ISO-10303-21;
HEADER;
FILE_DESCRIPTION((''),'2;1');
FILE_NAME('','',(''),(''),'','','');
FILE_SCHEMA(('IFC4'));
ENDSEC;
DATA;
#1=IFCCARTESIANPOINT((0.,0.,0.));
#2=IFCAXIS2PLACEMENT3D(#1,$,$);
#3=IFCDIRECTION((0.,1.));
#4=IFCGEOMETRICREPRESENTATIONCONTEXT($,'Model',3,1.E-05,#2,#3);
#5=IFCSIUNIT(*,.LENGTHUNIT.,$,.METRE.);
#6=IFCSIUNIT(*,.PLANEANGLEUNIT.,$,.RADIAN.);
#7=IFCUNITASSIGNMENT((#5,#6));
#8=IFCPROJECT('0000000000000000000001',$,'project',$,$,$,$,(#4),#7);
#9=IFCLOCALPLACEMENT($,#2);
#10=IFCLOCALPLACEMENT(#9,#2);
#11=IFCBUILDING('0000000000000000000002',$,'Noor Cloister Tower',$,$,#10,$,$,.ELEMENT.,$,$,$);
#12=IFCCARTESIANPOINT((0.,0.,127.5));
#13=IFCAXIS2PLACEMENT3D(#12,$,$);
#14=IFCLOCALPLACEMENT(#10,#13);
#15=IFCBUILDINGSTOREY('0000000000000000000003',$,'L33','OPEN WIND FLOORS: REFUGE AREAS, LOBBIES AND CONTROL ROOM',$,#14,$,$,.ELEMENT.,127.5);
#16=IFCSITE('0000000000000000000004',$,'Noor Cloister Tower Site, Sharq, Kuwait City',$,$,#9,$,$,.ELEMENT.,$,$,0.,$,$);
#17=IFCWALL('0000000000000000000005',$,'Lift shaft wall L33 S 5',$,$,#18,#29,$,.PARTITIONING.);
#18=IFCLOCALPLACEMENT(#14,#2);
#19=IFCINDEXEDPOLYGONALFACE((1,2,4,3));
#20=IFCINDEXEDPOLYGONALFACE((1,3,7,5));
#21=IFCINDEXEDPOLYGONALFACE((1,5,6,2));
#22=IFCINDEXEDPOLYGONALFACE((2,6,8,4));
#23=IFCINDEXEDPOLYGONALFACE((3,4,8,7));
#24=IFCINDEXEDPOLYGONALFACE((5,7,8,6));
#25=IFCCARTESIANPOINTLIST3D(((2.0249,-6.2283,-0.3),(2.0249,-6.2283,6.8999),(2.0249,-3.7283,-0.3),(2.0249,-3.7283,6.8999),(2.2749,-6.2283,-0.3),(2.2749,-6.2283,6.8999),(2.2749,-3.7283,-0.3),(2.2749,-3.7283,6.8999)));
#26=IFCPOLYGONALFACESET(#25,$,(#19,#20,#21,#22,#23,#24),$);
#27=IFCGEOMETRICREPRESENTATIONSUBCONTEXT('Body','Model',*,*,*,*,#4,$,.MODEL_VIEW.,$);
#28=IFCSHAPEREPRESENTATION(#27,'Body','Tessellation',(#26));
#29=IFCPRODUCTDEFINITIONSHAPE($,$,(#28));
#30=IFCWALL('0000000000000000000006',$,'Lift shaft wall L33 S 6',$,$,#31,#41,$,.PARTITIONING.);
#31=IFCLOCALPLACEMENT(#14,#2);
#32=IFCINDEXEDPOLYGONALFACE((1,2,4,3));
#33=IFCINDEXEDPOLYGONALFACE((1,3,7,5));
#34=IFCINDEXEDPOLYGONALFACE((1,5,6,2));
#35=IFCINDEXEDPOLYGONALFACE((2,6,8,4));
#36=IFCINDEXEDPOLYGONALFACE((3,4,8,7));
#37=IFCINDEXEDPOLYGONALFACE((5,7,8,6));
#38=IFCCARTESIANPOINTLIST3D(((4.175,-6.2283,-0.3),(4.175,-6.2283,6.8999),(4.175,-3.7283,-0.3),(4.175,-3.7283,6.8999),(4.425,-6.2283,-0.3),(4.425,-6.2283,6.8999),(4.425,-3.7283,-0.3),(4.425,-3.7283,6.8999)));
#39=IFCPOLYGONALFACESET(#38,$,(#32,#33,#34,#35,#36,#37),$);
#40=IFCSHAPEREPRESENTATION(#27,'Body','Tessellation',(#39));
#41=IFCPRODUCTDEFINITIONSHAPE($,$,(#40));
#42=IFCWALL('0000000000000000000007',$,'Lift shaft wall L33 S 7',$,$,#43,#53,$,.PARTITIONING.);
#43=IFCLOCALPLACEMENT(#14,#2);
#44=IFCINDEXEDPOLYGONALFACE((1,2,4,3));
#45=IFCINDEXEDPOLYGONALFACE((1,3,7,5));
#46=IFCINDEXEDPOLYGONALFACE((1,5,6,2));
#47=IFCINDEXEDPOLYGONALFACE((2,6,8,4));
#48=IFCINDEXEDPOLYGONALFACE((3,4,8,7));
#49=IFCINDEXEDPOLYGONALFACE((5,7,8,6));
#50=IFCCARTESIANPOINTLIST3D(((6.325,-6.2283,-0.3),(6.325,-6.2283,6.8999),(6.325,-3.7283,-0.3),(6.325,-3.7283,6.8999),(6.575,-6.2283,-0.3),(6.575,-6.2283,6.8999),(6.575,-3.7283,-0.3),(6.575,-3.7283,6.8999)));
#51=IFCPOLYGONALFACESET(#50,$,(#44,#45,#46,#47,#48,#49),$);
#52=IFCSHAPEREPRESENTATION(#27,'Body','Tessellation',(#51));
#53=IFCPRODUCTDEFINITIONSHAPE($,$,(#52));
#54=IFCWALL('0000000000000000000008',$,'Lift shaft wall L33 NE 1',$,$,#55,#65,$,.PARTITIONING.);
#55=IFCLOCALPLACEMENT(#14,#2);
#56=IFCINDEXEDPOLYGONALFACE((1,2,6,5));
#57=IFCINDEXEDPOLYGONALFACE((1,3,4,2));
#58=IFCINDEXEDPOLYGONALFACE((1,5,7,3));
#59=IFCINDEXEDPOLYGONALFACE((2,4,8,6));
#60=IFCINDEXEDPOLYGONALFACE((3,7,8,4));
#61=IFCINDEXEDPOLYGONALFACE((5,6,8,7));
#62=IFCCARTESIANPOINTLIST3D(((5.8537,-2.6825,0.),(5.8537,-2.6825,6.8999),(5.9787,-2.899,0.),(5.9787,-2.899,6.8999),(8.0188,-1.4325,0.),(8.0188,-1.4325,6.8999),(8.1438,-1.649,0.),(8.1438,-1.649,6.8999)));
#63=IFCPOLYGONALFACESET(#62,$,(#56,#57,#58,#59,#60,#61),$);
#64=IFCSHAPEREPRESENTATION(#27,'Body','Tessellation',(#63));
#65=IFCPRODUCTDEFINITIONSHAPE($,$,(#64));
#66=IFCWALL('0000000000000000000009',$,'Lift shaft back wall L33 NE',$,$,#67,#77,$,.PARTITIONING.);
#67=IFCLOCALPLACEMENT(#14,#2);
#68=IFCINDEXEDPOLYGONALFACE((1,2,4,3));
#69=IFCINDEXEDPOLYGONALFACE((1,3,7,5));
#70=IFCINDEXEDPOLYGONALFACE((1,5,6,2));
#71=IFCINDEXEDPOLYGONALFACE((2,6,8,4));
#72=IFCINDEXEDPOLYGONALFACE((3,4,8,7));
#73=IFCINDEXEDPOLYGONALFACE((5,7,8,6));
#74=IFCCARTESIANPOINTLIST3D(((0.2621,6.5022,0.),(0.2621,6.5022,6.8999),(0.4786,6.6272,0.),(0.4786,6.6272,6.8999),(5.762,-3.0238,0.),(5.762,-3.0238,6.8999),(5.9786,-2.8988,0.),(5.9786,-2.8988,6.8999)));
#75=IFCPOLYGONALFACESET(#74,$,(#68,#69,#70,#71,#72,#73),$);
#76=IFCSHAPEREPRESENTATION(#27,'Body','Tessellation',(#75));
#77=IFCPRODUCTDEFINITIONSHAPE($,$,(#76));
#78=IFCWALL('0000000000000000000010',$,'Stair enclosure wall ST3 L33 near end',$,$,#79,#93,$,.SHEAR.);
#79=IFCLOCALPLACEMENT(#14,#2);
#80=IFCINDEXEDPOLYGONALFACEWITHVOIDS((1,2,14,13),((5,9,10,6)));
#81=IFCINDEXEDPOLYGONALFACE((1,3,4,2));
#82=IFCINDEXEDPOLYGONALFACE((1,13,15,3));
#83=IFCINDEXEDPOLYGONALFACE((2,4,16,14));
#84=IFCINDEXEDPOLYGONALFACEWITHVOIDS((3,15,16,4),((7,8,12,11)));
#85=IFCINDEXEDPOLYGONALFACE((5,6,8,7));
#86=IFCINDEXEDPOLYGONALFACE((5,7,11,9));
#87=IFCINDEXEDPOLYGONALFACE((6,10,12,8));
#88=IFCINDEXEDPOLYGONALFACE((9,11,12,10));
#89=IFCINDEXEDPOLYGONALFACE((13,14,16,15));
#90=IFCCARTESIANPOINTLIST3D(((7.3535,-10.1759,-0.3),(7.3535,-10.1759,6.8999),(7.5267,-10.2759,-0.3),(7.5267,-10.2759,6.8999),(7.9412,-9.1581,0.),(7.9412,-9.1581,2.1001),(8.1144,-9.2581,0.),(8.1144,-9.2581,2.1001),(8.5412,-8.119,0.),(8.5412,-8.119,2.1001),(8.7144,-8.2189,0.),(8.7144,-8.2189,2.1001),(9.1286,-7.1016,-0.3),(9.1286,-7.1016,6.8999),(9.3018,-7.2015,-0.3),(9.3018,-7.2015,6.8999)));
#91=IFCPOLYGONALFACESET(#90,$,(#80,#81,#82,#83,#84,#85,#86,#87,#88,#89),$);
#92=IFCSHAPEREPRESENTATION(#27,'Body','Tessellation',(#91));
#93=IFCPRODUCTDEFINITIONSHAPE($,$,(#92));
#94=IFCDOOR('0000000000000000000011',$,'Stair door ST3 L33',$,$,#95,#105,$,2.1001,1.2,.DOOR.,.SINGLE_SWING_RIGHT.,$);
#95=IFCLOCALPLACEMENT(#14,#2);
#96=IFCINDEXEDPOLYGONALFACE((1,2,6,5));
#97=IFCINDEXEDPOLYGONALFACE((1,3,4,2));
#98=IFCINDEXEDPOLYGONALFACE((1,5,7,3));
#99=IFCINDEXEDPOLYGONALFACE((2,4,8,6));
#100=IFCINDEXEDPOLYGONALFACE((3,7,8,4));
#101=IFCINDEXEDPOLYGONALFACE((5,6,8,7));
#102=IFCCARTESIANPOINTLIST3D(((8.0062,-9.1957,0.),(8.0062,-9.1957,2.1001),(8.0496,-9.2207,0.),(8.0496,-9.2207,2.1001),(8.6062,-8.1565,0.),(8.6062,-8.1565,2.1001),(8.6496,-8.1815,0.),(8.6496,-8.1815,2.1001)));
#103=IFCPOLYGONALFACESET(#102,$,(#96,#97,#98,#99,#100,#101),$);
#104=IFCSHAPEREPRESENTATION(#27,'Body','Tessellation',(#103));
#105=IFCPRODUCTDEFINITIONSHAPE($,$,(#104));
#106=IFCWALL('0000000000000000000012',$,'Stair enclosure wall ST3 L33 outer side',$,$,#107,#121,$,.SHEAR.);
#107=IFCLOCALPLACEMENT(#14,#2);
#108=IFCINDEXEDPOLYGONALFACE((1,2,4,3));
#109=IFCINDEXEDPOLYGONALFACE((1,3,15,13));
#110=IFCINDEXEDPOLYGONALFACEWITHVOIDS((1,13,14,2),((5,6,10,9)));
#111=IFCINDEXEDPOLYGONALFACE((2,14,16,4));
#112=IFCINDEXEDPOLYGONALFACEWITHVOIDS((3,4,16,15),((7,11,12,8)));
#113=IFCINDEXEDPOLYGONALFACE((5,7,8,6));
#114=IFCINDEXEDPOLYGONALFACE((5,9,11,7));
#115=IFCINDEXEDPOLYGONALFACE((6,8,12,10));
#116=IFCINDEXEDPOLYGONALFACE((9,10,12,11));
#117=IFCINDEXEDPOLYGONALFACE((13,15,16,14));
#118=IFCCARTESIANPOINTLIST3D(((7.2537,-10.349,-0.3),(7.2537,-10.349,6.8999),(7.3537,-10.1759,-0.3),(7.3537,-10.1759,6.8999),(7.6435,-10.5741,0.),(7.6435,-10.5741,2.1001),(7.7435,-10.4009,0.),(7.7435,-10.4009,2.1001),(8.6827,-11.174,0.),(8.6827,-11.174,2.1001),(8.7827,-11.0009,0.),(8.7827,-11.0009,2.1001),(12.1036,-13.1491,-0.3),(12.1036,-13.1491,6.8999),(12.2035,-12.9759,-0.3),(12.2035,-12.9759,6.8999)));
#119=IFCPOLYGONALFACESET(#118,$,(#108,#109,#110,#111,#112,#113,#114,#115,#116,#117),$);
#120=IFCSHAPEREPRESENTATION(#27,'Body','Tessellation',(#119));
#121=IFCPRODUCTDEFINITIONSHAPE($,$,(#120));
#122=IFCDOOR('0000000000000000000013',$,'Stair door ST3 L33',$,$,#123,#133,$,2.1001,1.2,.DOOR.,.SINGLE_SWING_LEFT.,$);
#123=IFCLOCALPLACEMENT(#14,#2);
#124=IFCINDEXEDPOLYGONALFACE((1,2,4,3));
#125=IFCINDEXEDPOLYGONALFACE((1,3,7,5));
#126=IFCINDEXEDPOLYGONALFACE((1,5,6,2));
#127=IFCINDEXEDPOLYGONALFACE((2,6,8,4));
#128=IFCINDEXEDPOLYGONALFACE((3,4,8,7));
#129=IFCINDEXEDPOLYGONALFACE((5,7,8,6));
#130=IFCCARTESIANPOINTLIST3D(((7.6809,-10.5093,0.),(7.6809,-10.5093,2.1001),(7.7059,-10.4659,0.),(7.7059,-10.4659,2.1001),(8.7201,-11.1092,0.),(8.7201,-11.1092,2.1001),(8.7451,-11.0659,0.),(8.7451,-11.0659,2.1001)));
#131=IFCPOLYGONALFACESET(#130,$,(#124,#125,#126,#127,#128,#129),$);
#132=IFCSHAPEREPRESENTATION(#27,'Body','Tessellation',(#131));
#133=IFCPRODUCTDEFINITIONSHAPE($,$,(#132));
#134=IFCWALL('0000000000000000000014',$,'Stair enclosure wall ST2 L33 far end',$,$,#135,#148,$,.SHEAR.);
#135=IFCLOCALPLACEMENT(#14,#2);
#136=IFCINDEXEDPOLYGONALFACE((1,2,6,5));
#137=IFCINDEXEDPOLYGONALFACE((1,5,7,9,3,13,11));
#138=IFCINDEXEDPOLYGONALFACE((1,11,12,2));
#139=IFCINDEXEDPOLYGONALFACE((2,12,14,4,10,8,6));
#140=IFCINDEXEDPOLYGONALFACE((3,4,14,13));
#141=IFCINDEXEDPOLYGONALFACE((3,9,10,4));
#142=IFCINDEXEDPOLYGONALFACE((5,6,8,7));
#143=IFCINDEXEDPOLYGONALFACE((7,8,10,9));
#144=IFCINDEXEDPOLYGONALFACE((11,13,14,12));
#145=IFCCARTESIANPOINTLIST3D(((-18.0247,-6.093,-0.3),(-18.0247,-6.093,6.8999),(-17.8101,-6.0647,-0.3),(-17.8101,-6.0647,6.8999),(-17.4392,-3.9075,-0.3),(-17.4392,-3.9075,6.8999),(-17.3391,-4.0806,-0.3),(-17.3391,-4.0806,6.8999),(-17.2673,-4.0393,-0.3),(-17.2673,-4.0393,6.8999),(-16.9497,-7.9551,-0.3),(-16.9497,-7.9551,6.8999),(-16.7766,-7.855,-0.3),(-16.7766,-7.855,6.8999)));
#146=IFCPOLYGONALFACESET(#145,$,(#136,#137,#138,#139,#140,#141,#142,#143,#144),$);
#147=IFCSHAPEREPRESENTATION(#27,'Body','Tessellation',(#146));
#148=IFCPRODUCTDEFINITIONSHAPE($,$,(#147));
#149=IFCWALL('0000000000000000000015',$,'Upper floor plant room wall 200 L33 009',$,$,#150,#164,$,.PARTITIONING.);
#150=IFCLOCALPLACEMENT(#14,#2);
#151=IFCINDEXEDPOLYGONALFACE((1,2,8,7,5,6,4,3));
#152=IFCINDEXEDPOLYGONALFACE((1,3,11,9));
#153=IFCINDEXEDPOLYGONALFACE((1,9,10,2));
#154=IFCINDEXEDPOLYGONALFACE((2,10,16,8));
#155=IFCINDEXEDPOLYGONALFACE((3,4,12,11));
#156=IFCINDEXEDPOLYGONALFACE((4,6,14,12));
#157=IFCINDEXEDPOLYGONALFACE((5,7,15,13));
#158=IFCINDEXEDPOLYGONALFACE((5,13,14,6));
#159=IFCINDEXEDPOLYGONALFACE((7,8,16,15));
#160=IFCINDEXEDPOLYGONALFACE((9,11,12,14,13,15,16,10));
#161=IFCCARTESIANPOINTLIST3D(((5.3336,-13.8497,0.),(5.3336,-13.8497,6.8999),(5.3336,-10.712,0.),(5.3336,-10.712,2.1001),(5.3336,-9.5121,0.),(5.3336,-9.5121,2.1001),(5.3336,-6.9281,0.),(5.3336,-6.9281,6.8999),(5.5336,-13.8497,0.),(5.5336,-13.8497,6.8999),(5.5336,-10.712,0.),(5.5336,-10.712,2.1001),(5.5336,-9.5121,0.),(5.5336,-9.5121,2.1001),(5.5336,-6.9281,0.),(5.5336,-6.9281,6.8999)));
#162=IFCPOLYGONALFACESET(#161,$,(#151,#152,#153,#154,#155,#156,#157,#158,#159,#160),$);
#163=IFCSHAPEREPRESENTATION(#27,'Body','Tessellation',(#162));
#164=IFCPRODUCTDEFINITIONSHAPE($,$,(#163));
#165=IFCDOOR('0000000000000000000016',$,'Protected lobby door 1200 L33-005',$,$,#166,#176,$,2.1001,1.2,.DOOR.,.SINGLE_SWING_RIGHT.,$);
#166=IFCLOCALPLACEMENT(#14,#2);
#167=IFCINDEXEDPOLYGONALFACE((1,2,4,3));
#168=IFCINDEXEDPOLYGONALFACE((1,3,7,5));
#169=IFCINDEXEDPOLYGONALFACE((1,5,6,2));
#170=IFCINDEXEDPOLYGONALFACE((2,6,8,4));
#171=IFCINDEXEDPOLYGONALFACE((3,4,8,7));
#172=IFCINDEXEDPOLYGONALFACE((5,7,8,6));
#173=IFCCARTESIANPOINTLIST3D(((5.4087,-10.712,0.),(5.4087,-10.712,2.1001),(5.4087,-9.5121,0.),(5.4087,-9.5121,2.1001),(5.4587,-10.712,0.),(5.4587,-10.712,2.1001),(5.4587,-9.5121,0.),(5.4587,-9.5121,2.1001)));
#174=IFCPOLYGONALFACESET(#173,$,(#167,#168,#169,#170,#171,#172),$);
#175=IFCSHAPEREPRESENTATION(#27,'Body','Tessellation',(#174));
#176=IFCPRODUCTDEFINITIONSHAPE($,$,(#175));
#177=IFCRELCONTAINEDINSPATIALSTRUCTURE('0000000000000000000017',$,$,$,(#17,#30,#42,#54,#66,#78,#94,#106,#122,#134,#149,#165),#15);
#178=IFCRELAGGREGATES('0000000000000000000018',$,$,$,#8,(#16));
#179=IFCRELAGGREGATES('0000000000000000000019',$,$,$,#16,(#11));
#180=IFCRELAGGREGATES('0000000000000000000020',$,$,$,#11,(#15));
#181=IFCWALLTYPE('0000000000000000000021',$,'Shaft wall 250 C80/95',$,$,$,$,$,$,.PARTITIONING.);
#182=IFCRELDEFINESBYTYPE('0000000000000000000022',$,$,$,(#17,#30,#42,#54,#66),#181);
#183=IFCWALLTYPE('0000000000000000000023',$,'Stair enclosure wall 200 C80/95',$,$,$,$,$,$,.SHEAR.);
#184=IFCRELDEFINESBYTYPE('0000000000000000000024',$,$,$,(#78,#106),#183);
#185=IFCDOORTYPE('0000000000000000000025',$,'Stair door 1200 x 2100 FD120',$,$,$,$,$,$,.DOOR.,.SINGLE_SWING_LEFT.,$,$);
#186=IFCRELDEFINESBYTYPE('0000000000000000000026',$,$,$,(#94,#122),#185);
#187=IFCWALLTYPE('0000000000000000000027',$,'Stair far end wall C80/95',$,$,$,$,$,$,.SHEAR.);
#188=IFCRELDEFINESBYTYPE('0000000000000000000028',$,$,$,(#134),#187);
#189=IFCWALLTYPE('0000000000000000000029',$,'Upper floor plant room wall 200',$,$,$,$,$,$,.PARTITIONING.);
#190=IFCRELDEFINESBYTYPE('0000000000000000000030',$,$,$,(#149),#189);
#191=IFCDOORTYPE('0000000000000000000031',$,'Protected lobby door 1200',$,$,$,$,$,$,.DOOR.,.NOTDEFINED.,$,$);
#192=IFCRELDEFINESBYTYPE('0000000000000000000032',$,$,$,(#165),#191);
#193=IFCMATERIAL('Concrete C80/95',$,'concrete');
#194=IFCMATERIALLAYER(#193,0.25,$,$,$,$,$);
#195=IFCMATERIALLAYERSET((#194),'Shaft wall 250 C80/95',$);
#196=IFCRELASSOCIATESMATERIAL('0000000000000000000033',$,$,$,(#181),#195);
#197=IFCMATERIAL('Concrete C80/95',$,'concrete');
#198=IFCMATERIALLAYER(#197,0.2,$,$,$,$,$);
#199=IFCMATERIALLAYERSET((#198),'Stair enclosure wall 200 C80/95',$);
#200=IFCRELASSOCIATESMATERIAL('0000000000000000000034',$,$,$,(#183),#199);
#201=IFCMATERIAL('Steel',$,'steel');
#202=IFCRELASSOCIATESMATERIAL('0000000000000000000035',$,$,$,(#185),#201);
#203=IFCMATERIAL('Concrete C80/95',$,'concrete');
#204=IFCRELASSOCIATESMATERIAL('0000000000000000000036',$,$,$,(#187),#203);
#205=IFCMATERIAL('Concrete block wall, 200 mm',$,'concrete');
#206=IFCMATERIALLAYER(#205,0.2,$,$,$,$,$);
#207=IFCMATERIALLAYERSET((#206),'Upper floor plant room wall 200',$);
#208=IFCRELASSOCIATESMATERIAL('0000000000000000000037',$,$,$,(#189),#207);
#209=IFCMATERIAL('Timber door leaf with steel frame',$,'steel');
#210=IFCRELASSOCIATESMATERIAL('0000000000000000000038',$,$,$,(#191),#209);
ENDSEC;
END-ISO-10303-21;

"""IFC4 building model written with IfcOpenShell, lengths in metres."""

from ifc_helpers import new_model, si_unit, direction, frame, frame_2d, origin, place, context, subcontext, project, spatial, polyline, rectangle, outline, extrude, material, layer, layer_set, type_object, element, fill, save


model = new_model("IFC4")

# Units and contexts
model_context = context("Model", 3, precision=1e-05, world=origin(), true_north=direction((0.0, 1.0)))
body_context = subcontext(model_context, "Body", "Model", "MODEL_VIEW")
ifc_project = project(units=[si_unit("LENGTHUNIT", "METRE"), si_unit("PLANEANGLEUNIT", "RADIAN")], contexts=[model_context])

# Site, building, storey
site_placement = place(None, origin())
site = spatial("IfcSite", under=ifc_project, at=site_placement, Name="Noor Cloister Tower Site, Sharq, Kuwait City", CompositionType="ELEMENT", RefElevation=0.0)
building_placement = place(site_placement, origin())
building = spatial("IfcBuilding", under=site, at=building_placement, Name="Noor Cloister Tower", CompositionType="ELEMENT")
storey_placement = place(building_placement, frame((0.0, 0.0, 127.5)))
storey = spatial("IfcBuildingStorey", under=building, at=storey_placement, Name="L33", Description="OPEN WIND FLOORS: REFUGE AREAS, LOBBIES AND CONTROL ROOM", CompositionType="ELEMENT", Elevation=127.5)

# Walls
ifc_material_1 = material(Name="Concrete C80/95", Category="concrete")
ifc_layer_1 = layer(ifc_material_1, 0.25)
ifc_layer_set_1 = layer_set([ifc_layer_1], Name="Shaft wall 250 C80/95")
wall_type_1 = type_object("IfcWallType", Name="Shaft wall 250 C80/95", PredefinedType="PARTITIONING", material=ifc_layer_set_1)
for number, where, z_axis, x_axis, name in (
    (1, (2.1499, -6.2283, -0.3), (0.0, 0.0, 1.0), (0.0, 1.0, 0.0), "Lift shaft wall L33 S 5"),
    (2, (4.3, -6.2283, -0.3), (0.0, 0.0, 1.0), (0.0, 1.0, 0.0), "Lift shaft wall L33 S 6"),
    (3, (6.45, -6.2283, -0.3), (0.0, 0.0, 1.0), (0.0, 1.0, 0.0), "Lift shaft wall L33 S 7"),
):
    element("IfcWall", number, at=place(storey_placement, frame(where, z_axis=z_axis, x_axis=x_axis)), inside=storey, type_object=wall_type_1, Name=name, PredefinedType="PARTITIONING", context=body_context, shape_type="SweptSolid", body=[
        extrude(rectangle(XDim=2.5, YDim=0.25, at=frame_2d((1.25, 0.0))), origin(), (0.0, 0.0, 1.0), 7.2),
    ])
wall_1_placement = place(storey_placement, frame((8.0813, -1.5408, 0.0), z_axis=(0.0, 0.0, 1.0), x_axis=(-0.866023, -0.500004, 0.0)))
element("IfcWall", 4, at=wall_1_placement, inside=storey, type_object=wall_type_1, Name="Lift shaft wall L33 NE 1", PredefinedType="PARTITIONING", context=body_context, shape_type="SweptSolid", body=[
    extrude(rectangle(XDim=2.5, YDim=0.25, at=frame_2d((1.25, 0.0))), origin(), (0.0, 0.0, 1.0), 6.8999),
])
wall_2_placement = place(storey_placement, frame((5.8704, -2.9614, 0.0), z_axis=(0.0, 0.0, 1.0), x_axis=(-0.500006, 0.866022, 0.0)))
element("IfcWall", 5, at=wall_2_placement, inside=storey, type_object=wall_type_1, Name="Lift shaft back wall L33 NE", PredefinedType="PARTITIONING", context=body_context, shape_type="SweptSolid", body=[
    extrude(rectangle(XDim=10.9998, YDim=0.25, at=frame_2d((5.5, 0.0))), origin(), (0.0, 0.0, 1.0), 6.8999),
])

# Walls, openings, doors
ifc_material_2 = material(Name="Concrete C80/95", Category="concrete")
ifc_layer_2 = layer(ifc_material_2, 0.2)
ifc_layer_set_2 = layer_set([ifc_layer_2], Name="Stair enclosure wall 200 C80/95")
wall_type_2 = type_object("IfcWallType", Name="Stair enclosure wall 200 C80/95", PredefinedType="SHEAR", material=ifc_layer_set_2)
wall_3_placement = place(storey_placement, frame((7.4402, -10.2258, -0.3), z_axis=(0.0, 0.0, 1.0), x_axis=(0.500022, 0.866013, 0.0)))
wall_3 = element("IfcWall", 6, at=wall_3_placement, inside=storey, type_object=wall_type_2, Name="Stair enclosure wall ST3 L33 near end", PredefinedType="SHEAR", context=body_context, shape_type="SweptSolid", body=[
    extrude(rectangle(XDim=3.55, YDim=0.2, at=frame_2d((1.7749, 0.0))), origin(), (0.0, 0.0, 1.0), 7.2),
])
opening_1_placement = place(wall_3_placement, frame((1.175, 0.0, 0.3)))
opening_1 = element("IfcOpeningElement", 7, at=opening_1_placement, cuts=wall_3, PredefinedType="OPENING", context=body_context, shape_type="SweptSolid", body=[
    extrude(rectangle(XDim=1.2, YDim=2.1001, at=frame_2d((0.6001, 1.05))), frame((0.0, 0.1099, 0.0), z_axis=(0.0, -1.0, 0.0), x_axis=(1.0, 0.0, 0.0)), (0.0, 0.0, 1.0), 0.22),
])
ifc_material_3 = material(Name="Steel", Category="steel")
door_type_1 = type_object("IfcDoorType", Name="Stair door 1200 x 2100 FD120", OperationType="SINGLE_SWING_LEFT", PredefinedType="DOOR", material=ifc_material_3)
door_1_placement = place(opening_1_placement, origin())
door_1 = element("IfcDoor", 8, at=door_1_placement, inside=storey, type_object=door_type_1, Name="Stair door ST3 L33", OperationType="SINGLE_SWING_RIGHT", OverallHeight=2.1001, OverallWidth=1.2, PredefinedType="DOOR", context=body_context, shape_type="SweptSolid", body=[
    extrude(rectangle(XDim=1.2, YDim=2.1001, at=frame_2d((0.6001, 1.05))), frame((0.0, 0.0249, 0.0), z_axis=(0.0, -1.0, 0.0), x_axis=(1.0, 0.0, 0.0)), (0.0, 0.0, 1.0), 0.05),
])
fill(opening_1, door_1)
wall_4_placement = place(storey_placement, frame((7.3037, -10.2625, -0.3), z_axis=(0.0, 0.0, 1.0), x_axis=(0.866027, -0.499998, 0.0)))
wall_4 = element("IfcWall", 9, at=wall_4_placement, inside=storey, type_object=wall_type_2, Name="Stair enclosure wall ST3 L33 outer side", PredefinedType="SHEAR", context=body_context, shape_type="SweptSolid", body=[
    extrude(rectangle(XDim=5.6001, YDim=0.2, at=frame_2d((2.8, 0.0))), origin(), (0.0, 0.0, 1.0), 7.2),
])
opening_2_placement = place(wall_4_placement, frame((0.45, 0.0, 0.3)))
opening_2 = element("IfcOpeningElement", 10, at=opening_2_placement, cuts=wall_4, PredefinedType="OPENING", context=body_context, shape_type="SweptSolid", body=[
    extrude(rectangle(XDim=1.2, YDim=2.1001, at=frame_2d((0.6001, 1.05))), frame((0.0, 0.1099, 0.0), z_axis=(0.0, -1.0, 0.0), x_axis=(1.0, 0.0, 0.0)), (0.0, 0.0, 1.0), 0.22),
])
door_2_placement = place(opening_2_placement, origin())
door_2 = element("IfcDoor", 11, at=door_2_placement, inside=storey, type_object=door_type_1, Name="Stair door ST3 L33", OperationType="SINGLE_SWING_LEFT", OverallHeight=2.1001, OverallWidth=1.2, PredefinedType="DOOR", context=body_context, shape_type="SweptSolid", body=[
    extrude(rectangle(XDim=1.2, YDim=2.1001, at=frame_2d((0.6001, 1.05))), frame((0.0, 0.0249, 0.0), z_axis=(0.0, -1.0, 0.0), x_axis=(1.0, 0.0, 0.0)), (0.0, 0.0, 1.0), 0.05),
])
fill(opening_2, door_2)

# Wall
ifc_material_4 = material(Name="Concrete C80/95", Category="concrete")
wall_type_3 = type_object("IfcWallType", Name="Stair far end wall C80/95", PredefinedType="SHEAR", material=ifc_material_4)
wall_5_placement = place(storey_placement, frame((0.0, 0.0, -0.3)))
element("IfcWall", 12, at=wall_5_placement, inside=storey, type_object=wall_type_3, Name="Stair enclosure wall ST2 L33 far end", PredefinedType="SHEAR", context=body_context, shape_type="SweptSolid", body=[
    extrude(outline(polyline([(-17.4392, -3.9075), (-18.0247, -6.093), (-16.9497, -7.9551), (-16.7766, -7.855), (-17.8101, -6.0647), (-17.2673, -4.0393), (-17.3391, -4.0806), (-17.3391, -4.0806), (-17.3391, -4.0806), (-17.3391, -4.0806), (-17.3391, -4.0806), (-17.3391, -4.0806), (-17.3391, -4.0806), (-17.3391, -4.0806), (-17.3391, -4.0806), (-17.3391, -4.0806), (-17.3391, -4.0806), (-17.3391, -4.0806), (-17.3391, -4.0806), (-17.3391, -4.0806), (-17.3391, -4.0806), (-17.3391, -4.0806), (-17.3391, -4.0806), (-17.4392, -3.9075)])), origin(), (0.0, 0.0, 1.0), 7.2),
])

# Wall, opening, door
ifc_material_5 = material(Name="Concrete block wall, 200 mm", Category="concrete")
ifc_layer_3 = layer(ifc_material_5, 0.2)
ifc_layer_set_3 = layer_set([ifc_layer_3], Name="Upper floor plant room wall 200")
wall_type_4 = type_object("IfcWallType", Name="Upper floor plant room wall 200", PredefinedType="PARTITIONING", material=ifc_layer_set_3)
wall_6_placement = place(storey_placement, frame((5.4336, -13.8499, 0.0), z_axis=(0.0, 0.0, 1.0), x_axis=(0.0, 1.0, 0.0)))
wall_6 = element("IfcWall", 13, at=wall_6_placement, inside=storey, type_object=wall_type_4, Name="Upper floor plant room wall 200 L33 009", PredefinedType="PARTITIONING", context=body_context, shape_type="SweptSolid", body=[
    extrude(rectangle(XDim=6.9216, YDim=0.2, at=frame_2d((3.4609, 0.0))), origin(), (0.0, 0.0, 1.0), 6.8999),
])
opening_3_placement = place(wall_6_placement, frame((3.1377, 0.0, 0.0)))
opening_3 = element("IfcOpeningElement", 14, at=opening_3_placement, cuts=wall_6, PredefinedType="OPENING", context=body_context, shape_type="SweptSolid", body=[
    extrude(rectangle(XDim=1.2, YDim=2.1001, at=frame_2d((0.6001, 1.05))), frame((0.0, 0.1099, 0.0), z_axis=(0.0, -1.0, 0.0), x_axis=(1.0, 0.0, 0.0)), (0.0, 0.0, 1.0), 0.22),
])
ifc_material_6 = material(Name="Timber door leaf with steel frame", Category="steel")
door_type_2 = type_object("IfcDoorType", Name="Protected lobby door 1200", OperationType="NOTDEFINED", PredefinedType="DOOR", material=ifc_material_6)
door_3_placement = place(opening_3_placement, origin())
door_3 = element("IfcDoor", 15, at=door_3_placement, inside=storey, type_object=door_type_2, Name="Protected lobby door 1200 L33-005", OperationType="SINGLE_SWING_RIGHT", OverallHeight=2.1001, OverallWidth=1.2, PredefinedType="DOOR", context=body_context, shape_type="SweptSolid", body=[
    extrude(rectangle(XDim=1.2, YDim=2.1001, at=frame_2d((0.6001, 1.05))), frame((0.0, 0.0249, 0.0), z_axis=(0.0, -1.0, 0.0), x_axis=(1.0, 0.0, 0.0)), (0.0, 0.0, 1.0), 0.05),
])
fill(opening_3, door_3)

save(model, "model.ifc")
